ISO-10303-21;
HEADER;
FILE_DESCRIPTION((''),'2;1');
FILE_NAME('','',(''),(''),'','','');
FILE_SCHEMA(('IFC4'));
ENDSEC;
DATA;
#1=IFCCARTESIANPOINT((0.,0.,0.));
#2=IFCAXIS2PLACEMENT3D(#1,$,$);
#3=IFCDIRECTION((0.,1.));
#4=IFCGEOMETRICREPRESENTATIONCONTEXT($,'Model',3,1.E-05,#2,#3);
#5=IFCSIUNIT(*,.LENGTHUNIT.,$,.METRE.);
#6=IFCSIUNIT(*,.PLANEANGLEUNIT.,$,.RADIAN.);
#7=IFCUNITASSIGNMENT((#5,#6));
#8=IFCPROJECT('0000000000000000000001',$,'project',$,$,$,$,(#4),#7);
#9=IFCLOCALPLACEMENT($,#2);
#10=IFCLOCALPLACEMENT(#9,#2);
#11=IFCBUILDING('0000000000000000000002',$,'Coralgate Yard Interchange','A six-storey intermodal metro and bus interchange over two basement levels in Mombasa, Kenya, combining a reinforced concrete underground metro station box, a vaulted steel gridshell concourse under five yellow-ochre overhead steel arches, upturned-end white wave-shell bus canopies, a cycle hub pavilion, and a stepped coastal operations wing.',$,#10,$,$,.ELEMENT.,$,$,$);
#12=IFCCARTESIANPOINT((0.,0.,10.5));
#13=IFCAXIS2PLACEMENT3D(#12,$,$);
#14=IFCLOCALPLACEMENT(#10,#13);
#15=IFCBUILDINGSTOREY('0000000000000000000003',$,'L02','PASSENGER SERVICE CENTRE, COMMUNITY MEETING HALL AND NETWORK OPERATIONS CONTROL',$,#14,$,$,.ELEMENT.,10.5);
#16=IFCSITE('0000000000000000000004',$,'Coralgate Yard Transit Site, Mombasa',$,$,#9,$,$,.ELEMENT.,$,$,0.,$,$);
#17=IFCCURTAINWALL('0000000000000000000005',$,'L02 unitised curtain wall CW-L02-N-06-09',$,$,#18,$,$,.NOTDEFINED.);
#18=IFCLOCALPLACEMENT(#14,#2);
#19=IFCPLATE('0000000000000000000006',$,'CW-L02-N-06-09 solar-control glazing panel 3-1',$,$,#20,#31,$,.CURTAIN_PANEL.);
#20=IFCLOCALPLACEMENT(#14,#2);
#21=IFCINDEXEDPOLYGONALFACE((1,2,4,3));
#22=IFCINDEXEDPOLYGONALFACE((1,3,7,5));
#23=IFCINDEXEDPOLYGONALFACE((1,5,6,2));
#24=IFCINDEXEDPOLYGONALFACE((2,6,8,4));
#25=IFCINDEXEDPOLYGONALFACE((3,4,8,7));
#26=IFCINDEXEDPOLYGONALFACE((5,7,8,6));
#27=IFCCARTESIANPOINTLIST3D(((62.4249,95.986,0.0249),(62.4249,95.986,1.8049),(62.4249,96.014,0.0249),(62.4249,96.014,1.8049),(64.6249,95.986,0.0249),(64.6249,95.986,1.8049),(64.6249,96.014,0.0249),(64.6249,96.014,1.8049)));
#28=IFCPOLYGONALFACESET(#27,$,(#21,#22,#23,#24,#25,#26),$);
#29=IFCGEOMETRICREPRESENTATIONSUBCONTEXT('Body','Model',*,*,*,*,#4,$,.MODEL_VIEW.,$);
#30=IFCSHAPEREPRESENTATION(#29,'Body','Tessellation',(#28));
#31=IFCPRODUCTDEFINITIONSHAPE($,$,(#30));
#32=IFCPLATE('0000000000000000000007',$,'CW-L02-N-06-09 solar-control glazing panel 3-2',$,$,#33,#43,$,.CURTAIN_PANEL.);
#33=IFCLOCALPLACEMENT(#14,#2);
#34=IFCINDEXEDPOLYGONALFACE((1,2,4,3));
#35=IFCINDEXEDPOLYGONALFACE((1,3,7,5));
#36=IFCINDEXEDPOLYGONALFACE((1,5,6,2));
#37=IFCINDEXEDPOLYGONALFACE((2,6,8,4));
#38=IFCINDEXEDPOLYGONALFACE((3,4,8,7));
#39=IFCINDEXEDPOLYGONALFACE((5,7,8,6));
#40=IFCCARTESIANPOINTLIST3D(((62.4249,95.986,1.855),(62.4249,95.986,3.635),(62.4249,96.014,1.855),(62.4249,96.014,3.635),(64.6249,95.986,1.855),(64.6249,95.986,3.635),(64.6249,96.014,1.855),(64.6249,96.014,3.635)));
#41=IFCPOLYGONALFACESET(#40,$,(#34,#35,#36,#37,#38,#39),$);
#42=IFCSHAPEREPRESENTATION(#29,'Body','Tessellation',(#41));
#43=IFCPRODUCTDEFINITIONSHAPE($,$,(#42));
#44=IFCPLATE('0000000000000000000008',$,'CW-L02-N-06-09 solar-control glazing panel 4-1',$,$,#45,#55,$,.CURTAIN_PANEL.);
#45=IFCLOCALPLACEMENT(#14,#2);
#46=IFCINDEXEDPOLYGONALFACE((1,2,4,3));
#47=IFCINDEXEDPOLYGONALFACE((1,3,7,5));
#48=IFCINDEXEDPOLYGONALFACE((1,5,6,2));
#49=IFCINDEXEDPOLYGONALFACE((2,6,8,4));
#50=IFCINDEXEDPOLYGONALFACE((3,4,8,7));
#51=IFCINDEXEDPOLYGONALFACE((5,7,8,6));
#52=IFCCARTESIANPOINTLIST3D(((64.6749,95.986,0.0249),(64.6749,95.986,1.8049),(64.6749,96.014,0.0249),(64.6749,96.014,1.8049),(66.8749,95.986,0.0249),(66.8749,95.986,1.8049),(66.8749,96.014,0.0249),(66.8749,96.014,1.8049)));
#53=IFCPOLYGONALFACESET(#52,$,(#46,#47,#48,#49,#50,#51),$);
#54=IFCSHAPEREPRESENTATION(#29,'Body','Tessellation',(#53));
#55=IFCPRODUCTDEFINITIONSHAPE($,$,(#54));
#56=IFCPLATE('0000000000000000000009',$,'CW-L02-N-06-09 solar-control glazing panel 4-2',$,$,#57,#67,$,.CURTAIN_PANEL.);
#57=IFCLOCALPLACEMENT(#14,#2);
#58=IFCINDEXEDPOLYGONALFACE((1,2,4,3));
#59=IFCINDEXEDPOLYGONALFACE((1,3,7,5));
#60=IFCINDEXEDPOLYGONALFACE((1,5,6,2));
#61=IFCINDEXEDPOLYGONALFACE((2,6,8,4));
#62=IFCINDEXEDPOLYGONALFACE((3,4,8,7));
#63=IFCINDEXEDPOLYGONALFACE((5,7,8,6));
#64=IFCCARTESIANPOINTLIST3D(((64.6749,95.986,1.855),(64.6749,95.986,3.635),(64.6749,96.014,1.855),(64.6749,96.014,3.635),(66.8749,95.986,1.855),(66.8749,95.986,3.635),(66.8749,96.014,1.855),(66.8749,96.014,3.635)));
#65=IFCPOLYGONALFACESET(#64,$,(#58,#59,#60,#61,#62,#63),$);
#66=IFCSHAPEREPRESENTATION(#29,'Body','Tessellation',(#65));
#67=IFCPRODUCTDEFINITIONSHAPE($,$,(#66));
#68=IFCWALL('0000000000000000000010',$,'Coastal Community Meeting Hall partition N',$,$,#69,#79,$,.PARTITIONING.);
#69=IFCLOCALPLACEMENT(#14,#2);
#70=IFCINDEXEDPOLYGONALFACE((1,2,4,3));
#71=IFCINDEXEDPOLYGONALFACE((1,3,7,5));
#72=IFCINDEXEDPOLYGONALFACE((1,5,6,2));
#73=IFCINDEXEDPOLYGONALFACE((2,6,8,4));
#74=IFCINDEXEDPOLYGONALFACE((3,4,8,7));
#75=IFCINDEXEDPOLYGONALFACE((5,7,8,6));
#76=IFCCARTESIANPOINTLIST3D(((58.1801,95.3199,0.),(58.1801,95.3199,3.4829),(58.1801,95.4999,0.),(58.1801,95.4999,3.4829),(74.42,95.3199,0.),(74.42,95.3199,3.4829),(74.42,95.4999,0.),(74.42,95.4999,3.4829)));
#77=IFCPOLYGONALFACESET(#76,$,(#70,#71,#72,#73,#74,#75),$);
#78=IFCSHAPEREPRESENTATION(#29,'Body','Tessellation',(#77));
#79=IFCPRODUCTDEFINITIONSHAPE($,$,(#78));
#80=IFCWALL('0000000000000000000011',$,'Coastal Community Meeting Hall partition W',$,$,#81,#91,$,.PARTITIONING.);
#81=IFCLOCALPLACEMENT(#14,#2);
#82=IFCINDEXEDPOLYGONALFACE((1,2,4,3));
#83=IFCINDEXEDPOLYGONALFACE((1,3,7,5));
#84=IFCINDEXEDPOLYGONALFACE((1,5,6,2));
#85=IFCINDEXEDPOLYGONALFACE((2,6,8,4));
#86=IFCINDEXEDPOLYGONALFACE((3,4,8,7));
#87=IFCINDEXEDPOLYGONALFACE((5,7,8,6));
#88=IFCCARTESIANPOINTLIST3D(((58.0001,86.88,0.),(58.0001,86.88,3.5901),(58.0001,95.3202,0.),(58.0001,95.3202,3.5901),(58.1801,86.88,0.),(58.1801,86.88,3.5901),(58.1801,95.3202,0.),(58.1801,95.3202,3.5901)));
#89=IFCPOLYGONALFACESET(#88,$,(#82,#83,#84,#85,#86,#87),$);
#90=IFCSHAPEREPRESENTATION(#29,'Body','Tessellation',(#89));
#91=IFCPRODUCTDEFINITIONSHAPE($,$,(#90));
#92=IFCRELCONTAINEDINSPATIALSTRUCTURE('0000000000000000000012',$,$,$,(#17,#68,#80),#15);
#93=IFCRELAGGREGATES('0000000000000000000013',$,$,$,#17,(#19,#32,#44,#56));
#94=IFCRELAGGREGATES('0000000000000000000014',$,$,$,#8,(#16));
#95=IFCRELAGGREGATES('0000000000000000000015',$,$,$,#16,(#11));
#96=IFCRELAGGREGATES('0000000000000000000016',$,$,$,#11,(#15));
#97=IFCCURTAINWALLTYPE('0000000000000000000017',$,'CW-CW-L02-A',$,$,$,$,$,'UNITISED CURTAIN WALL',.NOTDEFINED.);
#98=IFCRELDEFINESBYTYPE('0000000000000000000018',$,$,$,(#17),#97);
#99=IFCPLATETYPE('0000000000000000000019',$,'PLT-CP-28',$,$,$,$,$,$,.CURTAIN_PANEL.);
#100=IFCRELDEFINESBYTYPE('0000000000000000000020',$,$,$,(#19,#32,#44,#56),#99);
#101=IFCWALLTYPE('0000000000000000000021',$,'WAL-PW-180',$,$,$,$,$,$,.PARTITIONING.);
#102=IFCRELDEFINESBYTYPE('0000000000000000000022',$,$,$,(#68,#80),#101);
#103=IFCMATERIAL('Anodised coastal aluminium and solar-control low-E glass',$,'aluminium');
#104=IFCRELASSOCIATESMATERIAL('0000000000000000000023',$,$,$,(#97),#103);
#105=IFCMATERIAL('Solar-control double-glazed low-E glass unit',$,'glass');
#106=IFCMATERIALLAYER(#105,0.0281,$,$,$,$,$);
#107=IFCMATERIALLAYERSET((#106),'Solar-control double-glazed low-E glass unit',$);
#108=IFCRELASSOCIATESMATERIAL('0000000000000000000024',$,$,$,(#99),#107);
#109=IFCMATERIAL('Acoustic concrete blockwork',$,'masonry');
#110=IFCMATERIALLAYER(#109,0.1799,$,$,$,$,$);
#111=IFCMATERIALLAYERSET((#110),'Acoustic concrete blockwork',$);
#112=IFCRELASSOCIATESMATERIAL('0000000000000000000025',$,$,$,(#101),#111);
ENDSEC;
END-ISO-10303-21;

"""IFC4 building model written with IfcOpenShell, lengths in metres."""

from ifc_helpers import new_model, si_unit, direction, frame, frame_2d, origin, origin_2d, place, context, subcontext, project, spatial, rectangle, extrude, material, layer, layer_set, type_object, element, aggregate, save


model = new_model("IFC4")

# Units and contexts
model_context = context("Model", 3, precision=1e-05, world=origin(), true_north=direction((0.0, 1.0)))
body_context = subcontext(model_context, "Body", "Model", "MODEL_VIEW")
ifc_project = project(units=[si_unit("LENGTHUNIT", "METRE"), si_unit("PLANEANGLEUNIT", "RADIAN")], contexts=[model_context])

# Site, building, storey
site_placement = place(None, origin())
site = spatial("IfcSite", under=ifc_project, at=site_placement, Name="Coralgate Yard Transit Site, Mombasa", CompositionType="ELEMENT", RefElevation=0.0)
building_placement = place(site_placement, origin())
building = spatial("IfcBuilding", under=site, at=building_placement, Name="Coralgate Yard Interchange", Description="A six-storey intermodal metro and bus interchange over two basement levels in Mombasa, Kenya, combining a reinforced concrete underground metro station box, a vaulted steel gridshell concourse under five yellow-ochre overhead steel arches, upturned-end white wave-shell bus canopies, a cycle hub pavilion, and a stepped coastal operations wing.", CompositionType="ELEMENT")
storey_placement = place(building_placement, frame((0.0, 0.0, 10.5)))
storey = spatial("IfcBuildingStorey", under=building, at=storey_placement, Name="L02", Description="PASSENGER SERVICE CENTRE, COMMUNITY MEETING HALL AND NETWORK OPERATIONS CONTROL", CompositionType="ELEMENT", Elevation=10.5)

# Curtain wall, plates
ifc_material_1 = material(Name="Anodised coastal aluminium and solar-control low-E glass", Category="aluminium")
curtain_wall_type = type_object("IfcCurtainWallType", Name="CW-CW-L02-A", ElementType="UNITISED CURTAIN WALL", PredefinedType="NOTDEFINED", material=ifc_material_1)
curtain_wall_placement = place(storey_placement, origin())
curtain_wall = element("IfcCurtainWall", 1, at=curtain_wall_placement, inside=storey, type_object=curtain_wall_type, Name="L02 unitised curtain wall CW-L02-N-06-09", PredefinedType="NOTDEFINED")
ifc_material_2 = material(Name="Solar-control double-glazed low-E glass unit", Category="glass")
ifc_layer_1 = layer(ifc_material_2, 0.0281)
ifc_layer_set_1 = layer_set([ifc_layer_1], Name="Solar-control double-glazed low-E glass unit")
plate_type = type_object("IfcPlateType", Name="PLT-CP-28", PredefinedType="CURTAIN_PANEL", material=ifc_layer_set_1)
plate_1_placement = place(storey_placement, frame((63.5249, 96.0, 0.0249), z_axis=(0.0, 0.0, 1.0), x_axis=(1.0, 0.0, 0.0)))
plate_1 = element("IfcPlate", 2, at=plate_1_placement, type_object=plate_type, Name="CW-L02-N-06-09 solar-control glazing panel 3-1", PredefinedType="CURTAIN_PANEL", context=body_context, shape_type="SweptSolid", body=[
    extrude(rectangle(XDim=2.2, YDim=0.0281, at=origin_2d()), origin(), (0.0, 0.0, 1.0), 1.78),
])
plate_2_placement = place(storey_placement, frame((63.5249, 96.0, 1.855), z_axis=(0.0, 0.0, 1.0), x_axis=(1.0, 0.0, 0.0)))
plate_2 = element("IfcPlate", 3, at=plate_2_placement, type_object=plate_type, Name="CW-L02-N-06-09 solar-control glazing panel 3-2", PredefinedType="CURTAIN_PANEL", context=body_context, shape_type="SweptSolid", body=[
    extrude(rectangle(XDim=2.2, YDim=0.0281, at=origin_2d()), origin(), (0.0, 0.0, 1.0), 1.78),
])
plate_3_placement = place(storey_placement, frame((65.7749, 96.0, 0.0249), z_axis=(0.0, 0.0, 1.0), x_axis=(1.0, 0.0, 0.0)))
plate_3 = element("IfcPlate", 4, at=plate_3_placement, type_object=plate_type, Name="CW-L02-N-06-09 solar-control glazing panel 4-1", PredefinedType="CURTAIN_PANEL", context=body_context, shape_type="SweptSolid", body=[
    extrude(rectangle(XDim=2.2, YDim=0.0281, at=origin_2d()), origin(), (0.0, 0.0, 1.0), 1.78),
])
plate_4_placement = place(storey_placement, frame((65.7749, 96.0, 1.855), z_axis=(0.0, 0.0, 1.0), x_axis=(1.0, 0.0, 0.0)))
plate_4 = element("IfcPlate", 5, at=plate_4_placement, type_object=plate_type, Name="CW-L02-N-06-09 solar-control glazing panel 4-2", PredefinedType="CURTAIN_PANEL", context=body_context, shape_type="SweptSolid", body=[
    extrude(rectangle(XDim=2.2, YDim=0.0281, at=origin_2d()), origin(), (0.0, 0.0, 1.0), 1.78),
])
aggregate(curtain_wall, [plate_1, plate_2, plate_3, plate_4])

# Walls
ifc_material_3 = material(Name="Acoustic concrete blockwork", Category="masonry")
ifc_layer_2 = layer(ifc_material_3, 0.1799)
ifc_layer_set_2 = layer_set([ifc_layer_2], Name="Acoustic concrete blockwork")
wall_type = type_object("IfcWallType", Name="WAL-PW-180", PredefinedType="PARTITIONING", material=ifc_layer_set_2)
wall_1_placement = place(storey_placement, frame((58.1799, 95.4099, 0.0), z_axis=(0.0, 0.0, 1.0), x_axis=(1.0, 0.0, 0.0)))
element("IfcWall", 6, at=wall_1_placement, inside=storey, type_object=wall_type, Name="Coastal Community Meeting Hall partition N", PredefinedType="PARTITIONING", context=body_context, shape_type="SweptSolid", body=[
    extrude(rectangle(XDim=16.24, YDim=0.1799, at=frame_2d((8.1201, 0.0))), origin(), (0.0, 0.0, 1.0), 3.4829),
])
wall_2_placement = place(storey_placement, frame((58.0901, 86.8799, 0.0), z_axis=(0.0, 0.0, 1.0), x_axis=(0.0, 1.0, 0.0)))
element("IfcWall", 7, at=wall_2_placement, inside=storey, type_object=wall_type, Name="Coastal Community Meeting Hall partition W", PredefinedType="PARTITIONING", context=body_context, shape_type="SweptSolid", body=[
    extrude(rectangle(XDim=8.4402, YDim=0.1799, at=frame_2d((4.2202, 0.0))), origin(), (0.0, 0.0, 1.0), 3.5901),
])

save(model, "model.ifc")
